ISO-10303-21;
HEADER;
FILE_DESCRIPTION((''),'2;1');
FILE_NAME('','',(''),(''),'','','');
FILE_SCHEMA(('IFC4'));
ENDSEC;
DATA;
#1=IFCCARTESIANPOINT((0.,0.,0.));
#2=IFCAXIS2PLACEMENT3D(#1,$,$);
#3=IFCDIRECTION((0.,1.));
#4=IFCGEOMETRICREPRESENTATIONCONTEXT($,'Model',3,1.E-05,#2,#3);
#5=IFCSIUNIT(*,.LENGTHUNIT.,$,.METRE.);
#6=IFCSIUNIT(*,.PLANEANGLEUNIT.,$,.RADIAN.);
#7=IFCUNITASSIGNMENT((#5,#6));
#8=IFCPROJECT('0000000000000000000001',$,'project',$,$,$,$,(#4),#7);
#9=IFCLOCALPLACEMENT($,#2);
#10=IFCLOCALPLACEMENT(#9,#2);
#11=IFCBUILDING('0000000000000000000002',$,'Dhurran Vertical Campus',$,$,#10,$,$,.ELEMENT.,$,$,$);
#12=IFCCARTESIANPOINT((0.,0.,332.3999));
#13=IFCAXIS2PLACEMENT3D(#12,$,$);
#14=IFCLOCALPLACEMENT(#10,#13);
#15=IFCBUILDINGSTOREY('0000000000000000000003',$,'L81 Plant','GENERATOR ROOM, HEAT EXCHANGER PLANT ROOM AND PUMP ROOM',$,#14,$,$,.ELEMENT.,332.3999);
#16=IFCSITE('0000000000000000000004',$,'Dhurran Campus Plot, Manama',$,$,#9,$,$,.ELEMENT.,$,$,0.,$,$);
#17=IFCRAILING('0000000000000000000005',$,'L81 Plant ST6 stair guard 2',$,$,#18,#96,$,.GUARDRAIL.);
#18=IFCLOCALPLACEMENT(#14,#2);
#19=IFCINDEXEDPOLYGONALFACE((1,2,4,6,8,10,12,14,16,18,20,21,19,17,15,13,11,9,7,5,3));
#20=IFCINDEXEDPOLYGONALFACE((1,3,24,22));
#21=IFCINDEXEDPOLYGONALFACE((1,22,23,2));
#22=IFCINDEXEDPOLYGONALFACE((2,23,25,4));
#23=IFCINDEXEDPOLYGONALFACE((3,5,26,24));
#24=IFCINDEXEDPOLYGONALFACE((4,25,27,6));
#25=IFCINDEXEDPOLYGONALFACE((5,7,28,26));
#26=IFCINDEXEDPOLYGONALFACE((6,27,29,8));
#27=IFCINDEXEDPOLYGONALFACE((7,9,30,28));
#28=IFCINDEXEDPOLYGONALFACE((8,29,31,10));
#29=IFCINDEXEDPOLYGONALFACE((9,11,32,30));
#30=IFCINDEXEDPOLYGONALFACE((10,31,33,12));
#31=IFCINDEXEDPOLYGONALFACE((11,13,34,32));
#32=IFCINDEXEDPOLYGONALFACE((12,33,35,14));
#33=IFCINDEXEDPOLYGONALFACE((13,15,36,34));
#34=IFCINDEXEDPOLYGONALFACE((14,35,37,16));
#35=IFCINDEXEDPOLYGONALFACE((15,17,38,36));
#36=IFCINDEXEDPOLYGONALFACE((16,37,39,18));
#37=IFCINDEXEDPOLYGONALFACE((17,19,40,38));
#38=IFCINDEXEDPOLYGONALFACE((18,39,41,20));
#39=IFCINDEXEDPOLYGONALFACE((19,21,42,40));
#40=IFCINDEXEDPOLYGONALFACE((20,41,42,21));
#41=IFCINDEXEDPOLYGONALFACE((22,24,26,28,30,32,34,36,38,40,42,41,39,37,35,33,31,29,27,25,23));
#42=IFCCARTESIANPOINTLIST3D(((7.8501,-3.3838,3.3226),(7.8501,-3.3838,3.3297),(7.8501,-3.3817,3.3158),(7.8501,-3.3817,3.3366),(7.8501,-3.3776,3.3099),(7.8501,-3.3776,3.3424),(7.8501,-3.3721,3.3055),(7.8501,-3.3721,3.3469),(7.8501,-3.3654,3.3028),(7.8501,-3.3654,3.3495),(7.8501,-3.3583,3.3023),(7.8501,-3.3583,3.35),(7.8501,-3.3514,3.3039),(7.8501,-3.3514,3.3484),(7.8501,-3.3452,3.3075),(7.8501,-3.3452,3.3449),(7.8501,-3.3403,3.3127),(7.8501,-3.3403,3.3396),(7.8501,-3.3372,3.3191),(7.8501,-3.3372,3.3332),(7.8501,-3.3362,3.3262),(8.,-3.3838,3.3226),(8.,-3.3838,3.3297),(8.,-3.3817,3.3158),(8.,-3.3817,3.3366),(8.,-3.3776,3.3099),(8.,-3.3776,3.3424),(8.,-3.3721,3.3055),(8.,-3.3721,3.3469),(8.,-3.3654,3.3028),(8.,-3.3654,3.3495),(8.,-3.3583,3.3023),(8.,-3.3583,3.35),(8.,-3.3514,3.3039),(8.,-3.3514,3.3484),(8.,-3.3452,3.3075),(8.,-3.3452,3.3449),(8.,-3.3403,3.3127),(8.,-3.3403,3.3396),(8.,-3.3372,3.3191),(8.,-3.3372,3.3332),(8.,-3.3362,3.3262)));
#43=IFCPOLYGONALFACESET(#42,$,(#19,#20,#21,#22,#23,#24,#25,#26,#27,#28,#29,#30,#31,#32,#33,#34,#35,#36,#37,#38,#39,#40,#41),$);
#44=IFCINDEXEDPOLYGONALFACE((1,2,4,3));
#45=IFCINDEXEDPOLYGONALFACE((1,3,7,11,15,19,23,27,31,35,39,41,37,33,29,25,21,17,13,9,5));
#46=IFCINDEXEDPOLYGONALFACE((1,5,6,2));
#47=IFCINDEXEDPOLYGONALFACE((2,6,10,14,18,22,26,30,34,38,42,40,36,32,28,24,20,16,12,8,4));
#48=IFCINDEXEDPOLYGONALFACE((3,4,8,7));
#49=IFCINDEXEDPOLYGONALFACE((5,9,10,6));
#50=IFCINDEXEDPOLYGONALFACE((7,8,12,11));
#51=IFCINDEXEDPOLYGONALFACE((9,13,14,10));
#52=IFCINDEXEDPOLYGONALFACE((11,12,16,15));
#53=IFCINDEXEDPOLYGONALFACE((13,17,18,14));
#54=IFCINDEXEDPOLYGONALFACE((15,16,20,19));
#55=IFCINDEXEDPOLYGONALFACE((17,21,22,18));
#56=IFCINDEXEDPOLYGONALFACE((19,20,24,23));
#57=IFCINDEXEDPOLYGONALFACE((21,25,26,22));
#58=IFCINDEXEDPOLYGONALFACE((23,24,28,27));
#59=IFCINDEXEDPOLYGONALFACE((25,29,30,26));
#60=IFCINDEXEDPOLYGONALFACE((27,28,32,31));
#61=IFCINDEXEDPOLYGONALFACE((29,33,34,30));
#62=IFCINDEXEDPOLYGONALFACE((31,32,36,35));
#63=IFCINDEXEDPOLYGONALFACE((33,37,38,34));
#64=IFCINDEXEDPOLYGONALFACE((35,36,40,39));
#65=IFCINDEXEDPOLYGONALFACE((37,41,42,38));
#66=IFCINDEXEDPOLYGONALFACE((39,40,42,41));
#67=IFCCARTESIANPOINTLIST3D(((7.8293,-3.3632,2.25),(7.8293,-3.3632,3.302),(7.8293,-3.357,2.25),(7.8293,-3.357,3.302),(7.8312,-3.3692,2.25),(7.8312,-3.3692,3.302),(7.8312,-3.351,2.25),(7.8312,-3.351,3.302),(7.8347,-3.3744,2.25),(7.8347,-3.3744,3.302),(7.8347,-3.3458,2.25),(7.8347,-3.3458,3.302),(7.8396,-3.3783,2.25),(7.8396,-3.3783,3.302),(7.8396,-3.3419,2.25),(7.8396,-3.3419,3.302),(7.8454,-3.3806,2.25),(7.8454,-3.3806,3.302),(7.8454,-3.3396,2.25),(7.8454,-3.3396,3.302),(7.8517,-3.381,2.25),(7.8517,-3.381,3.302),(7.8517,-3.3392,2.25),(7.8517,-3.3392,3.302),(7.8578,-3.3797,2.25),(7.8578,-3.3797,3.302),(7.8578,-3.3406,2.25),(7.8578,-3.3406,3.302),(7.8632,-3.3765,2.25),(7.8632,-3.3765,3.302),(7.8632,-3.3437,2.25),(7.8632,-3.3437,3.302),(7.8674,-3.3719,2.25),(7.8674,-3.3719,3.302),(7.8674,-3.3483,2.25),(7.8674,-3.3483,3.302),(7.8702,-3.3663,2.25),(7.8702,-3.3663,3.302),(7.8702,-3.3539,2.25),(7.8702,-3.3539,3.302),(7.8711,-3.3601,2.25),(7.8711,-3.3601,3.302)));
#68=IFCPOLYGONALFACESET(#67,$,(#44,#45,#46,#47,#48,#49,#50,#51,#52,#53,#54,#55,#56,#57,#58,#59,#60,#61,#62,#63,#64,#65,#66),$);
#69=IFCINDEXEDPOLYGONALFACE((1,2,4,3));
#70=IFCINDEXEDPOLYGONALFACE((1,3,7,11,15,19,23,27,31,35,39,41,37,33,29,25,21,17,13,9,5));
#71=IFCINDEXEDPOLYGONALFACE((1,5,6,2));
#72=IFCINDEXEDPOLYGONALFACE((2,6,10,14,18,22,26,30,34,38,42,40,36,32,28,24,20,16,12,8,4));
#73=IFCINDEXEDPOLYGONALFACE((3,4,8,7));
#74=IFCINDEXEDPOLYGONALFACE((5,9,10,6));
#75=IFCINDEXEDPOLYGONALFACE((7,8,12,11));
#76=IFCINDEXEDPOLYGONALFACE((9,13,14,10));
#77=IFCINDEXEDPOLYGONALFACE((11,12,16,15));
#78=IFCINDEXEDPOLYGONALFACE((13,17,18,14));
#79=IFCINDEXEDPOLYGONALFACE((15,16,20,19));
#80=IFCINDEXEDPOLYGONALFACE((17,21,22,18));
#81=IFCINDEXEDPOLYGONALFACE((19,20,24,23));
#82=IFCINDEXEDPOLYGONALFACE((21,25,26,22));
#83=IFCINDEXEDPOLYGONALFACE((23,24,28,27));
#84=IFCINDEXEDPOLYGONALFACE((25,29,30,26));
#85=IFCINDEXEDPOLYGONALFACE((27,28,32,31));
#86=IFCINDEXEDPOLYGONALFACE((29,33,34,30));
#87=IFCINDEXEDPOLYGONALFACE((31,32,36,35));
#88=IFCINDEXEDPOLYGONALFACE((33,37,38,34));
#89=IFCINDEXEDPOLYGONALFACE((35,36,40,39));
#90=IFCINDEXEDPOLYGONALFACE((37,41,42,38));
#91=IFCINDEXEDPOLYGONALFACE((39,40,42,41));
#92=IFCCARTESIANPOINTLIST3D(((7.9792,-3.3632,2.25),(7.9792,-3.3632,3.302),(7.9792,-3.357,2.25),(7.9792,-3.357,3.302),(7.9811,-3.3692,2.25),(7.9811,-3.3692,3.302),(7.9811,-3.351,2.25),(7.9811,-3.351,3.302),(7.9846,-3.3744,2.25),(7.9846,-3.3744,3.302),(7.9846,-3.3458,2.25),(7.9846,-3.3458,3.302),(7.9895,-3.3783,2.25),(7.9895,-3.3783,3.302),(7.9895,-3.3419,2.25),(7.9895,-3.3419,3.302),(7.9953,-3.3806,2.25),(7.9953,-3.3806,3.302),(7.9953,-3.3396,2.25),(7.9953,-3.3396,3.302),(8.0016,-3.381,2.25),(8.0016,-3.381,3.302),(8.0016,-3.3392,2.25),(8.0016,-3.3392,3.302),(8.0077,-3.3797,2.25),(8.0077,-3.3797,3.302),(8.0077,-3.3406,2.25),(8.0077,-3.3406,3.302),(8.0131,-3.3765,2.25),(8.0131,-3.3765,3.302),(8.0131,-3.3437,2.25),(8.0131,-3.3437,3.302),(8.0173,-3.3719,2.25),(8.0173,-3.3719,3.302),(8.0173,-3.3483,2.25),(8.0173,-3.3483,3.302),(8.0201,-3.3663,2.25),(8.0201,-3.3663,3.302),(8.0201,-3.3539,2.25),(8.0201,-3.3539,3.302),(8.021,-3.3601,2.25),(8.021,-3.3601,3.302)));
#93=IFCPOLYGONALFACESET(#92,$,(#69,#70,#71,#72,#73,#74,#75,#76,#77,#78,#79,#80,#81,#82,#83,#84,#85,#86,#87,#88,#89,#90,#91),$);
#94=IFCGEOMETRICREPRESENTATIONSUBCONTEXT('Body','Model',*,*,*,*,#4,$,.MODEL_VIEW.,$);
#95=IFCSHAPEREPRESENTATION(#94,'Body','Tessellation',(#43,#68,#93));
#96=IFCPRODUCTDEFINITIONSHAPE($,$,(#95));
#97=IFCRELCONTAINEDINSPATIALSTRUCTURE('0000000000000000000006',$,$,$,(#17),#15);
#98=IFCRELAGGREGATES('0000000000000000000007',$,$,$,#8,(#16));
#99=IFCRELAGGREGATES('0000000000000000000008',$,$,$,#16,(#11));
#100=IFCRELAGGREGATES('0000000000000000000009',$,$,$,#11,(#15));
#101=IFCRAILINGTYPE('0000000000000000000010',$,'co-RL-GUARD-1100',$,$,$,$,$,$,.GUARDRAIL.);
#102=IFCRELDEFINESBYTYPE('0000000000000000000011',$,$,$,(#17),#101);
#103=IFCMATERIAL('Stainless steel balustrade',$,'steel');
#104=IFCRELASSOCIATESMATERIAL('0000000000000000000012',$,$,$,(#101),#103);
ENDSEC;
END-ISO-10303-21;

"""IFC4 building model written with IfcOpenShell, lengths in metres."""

from ifc_helpers import new_model, si_unit, direction, frame, origin, origin_2d, place, context, subcontext, project, spatial, circle, extrude, material, type_object, element, save


model = new_model("IFC4")

# Units and contexts
model_context = context("Model", 3, precision=1e-05, world=origin(), true_north=direction((0.0, 1.0)))
body_context = subcontext(model_context, "Body", "Model", "MODEL_VIEW")
ifc_project = project(units=[si_unit("LENGTHUNIT", "METRE"), si_unit("PLANEANGLEUNIT", "RADIAN")], contexts=[model_context])

# Site, building, storey
site_placement = place(None, origin())
site = spatial("IfcSite", under=ifc_project, at=site_placement, Name="Dhurran Campus Plot, Manama", CompositionType="ELEMENT", RefElevation=0.0)
building_placement = place(site_placement, origin())
building = spatial("IfcBuilding", under=site, at=building_placement, Name="Dhurran Vertical Campus", CompositionType="ELEMENT")
storey_placement = place(building_placement, frame((0.0, 0.0, 332.3999)))
storey = spatial("IfcBuildingStorey", under=building, at=storey_placement, Name="L81 Plant", Description="GENERATOR ROOM, HEAT EXCHANGER PLANT ROOM AND PUMP ROOM", CompositionType="ELEMENT", Elevation=332.3999)

# Railing
ifc_material_1 = material(Name="Stainless steel balustrade", Category="steel")
railing_type_1 = type_object("IfcRailingType", Name="co-RL-GUARD-1100", PredefinedType="GUARDRAIL", material=ifc_material_1)
railing_1_placement = place(storey_placement, frame((7.8501, -3.3601, 2.25)))
element("IfcRailing", 1, at=railing_1_placement, inside=storey, type_object=railing_type_1, Name="L81 Plant ST6 stair guard 2", PredefinedType="GUARDRAIL", context=body_context, shape_type="SweptSolid", body=[
    extrude(circle(Radius=0.0239, at=origin_2d()), frame((0.0, 0.0, 1.0762), z_axis=(1.0, 0.0, 0.0), x_axis=(0.0, 1.0, 0.0)), (0.0, 0.0, 1.0), 0.1499),
    extrude(circle(Radius=0.021, at=origin_2d()), origin(), (0.0, 0.0, 1.0), 1.052),
    extrude(circle(Radius=0.021, at=origin_2d()), frame((0.1499, 0.0, 0.0)), (0.0, 0.0, 1.0), 1.052),
])

save(model, "model.ifc")
